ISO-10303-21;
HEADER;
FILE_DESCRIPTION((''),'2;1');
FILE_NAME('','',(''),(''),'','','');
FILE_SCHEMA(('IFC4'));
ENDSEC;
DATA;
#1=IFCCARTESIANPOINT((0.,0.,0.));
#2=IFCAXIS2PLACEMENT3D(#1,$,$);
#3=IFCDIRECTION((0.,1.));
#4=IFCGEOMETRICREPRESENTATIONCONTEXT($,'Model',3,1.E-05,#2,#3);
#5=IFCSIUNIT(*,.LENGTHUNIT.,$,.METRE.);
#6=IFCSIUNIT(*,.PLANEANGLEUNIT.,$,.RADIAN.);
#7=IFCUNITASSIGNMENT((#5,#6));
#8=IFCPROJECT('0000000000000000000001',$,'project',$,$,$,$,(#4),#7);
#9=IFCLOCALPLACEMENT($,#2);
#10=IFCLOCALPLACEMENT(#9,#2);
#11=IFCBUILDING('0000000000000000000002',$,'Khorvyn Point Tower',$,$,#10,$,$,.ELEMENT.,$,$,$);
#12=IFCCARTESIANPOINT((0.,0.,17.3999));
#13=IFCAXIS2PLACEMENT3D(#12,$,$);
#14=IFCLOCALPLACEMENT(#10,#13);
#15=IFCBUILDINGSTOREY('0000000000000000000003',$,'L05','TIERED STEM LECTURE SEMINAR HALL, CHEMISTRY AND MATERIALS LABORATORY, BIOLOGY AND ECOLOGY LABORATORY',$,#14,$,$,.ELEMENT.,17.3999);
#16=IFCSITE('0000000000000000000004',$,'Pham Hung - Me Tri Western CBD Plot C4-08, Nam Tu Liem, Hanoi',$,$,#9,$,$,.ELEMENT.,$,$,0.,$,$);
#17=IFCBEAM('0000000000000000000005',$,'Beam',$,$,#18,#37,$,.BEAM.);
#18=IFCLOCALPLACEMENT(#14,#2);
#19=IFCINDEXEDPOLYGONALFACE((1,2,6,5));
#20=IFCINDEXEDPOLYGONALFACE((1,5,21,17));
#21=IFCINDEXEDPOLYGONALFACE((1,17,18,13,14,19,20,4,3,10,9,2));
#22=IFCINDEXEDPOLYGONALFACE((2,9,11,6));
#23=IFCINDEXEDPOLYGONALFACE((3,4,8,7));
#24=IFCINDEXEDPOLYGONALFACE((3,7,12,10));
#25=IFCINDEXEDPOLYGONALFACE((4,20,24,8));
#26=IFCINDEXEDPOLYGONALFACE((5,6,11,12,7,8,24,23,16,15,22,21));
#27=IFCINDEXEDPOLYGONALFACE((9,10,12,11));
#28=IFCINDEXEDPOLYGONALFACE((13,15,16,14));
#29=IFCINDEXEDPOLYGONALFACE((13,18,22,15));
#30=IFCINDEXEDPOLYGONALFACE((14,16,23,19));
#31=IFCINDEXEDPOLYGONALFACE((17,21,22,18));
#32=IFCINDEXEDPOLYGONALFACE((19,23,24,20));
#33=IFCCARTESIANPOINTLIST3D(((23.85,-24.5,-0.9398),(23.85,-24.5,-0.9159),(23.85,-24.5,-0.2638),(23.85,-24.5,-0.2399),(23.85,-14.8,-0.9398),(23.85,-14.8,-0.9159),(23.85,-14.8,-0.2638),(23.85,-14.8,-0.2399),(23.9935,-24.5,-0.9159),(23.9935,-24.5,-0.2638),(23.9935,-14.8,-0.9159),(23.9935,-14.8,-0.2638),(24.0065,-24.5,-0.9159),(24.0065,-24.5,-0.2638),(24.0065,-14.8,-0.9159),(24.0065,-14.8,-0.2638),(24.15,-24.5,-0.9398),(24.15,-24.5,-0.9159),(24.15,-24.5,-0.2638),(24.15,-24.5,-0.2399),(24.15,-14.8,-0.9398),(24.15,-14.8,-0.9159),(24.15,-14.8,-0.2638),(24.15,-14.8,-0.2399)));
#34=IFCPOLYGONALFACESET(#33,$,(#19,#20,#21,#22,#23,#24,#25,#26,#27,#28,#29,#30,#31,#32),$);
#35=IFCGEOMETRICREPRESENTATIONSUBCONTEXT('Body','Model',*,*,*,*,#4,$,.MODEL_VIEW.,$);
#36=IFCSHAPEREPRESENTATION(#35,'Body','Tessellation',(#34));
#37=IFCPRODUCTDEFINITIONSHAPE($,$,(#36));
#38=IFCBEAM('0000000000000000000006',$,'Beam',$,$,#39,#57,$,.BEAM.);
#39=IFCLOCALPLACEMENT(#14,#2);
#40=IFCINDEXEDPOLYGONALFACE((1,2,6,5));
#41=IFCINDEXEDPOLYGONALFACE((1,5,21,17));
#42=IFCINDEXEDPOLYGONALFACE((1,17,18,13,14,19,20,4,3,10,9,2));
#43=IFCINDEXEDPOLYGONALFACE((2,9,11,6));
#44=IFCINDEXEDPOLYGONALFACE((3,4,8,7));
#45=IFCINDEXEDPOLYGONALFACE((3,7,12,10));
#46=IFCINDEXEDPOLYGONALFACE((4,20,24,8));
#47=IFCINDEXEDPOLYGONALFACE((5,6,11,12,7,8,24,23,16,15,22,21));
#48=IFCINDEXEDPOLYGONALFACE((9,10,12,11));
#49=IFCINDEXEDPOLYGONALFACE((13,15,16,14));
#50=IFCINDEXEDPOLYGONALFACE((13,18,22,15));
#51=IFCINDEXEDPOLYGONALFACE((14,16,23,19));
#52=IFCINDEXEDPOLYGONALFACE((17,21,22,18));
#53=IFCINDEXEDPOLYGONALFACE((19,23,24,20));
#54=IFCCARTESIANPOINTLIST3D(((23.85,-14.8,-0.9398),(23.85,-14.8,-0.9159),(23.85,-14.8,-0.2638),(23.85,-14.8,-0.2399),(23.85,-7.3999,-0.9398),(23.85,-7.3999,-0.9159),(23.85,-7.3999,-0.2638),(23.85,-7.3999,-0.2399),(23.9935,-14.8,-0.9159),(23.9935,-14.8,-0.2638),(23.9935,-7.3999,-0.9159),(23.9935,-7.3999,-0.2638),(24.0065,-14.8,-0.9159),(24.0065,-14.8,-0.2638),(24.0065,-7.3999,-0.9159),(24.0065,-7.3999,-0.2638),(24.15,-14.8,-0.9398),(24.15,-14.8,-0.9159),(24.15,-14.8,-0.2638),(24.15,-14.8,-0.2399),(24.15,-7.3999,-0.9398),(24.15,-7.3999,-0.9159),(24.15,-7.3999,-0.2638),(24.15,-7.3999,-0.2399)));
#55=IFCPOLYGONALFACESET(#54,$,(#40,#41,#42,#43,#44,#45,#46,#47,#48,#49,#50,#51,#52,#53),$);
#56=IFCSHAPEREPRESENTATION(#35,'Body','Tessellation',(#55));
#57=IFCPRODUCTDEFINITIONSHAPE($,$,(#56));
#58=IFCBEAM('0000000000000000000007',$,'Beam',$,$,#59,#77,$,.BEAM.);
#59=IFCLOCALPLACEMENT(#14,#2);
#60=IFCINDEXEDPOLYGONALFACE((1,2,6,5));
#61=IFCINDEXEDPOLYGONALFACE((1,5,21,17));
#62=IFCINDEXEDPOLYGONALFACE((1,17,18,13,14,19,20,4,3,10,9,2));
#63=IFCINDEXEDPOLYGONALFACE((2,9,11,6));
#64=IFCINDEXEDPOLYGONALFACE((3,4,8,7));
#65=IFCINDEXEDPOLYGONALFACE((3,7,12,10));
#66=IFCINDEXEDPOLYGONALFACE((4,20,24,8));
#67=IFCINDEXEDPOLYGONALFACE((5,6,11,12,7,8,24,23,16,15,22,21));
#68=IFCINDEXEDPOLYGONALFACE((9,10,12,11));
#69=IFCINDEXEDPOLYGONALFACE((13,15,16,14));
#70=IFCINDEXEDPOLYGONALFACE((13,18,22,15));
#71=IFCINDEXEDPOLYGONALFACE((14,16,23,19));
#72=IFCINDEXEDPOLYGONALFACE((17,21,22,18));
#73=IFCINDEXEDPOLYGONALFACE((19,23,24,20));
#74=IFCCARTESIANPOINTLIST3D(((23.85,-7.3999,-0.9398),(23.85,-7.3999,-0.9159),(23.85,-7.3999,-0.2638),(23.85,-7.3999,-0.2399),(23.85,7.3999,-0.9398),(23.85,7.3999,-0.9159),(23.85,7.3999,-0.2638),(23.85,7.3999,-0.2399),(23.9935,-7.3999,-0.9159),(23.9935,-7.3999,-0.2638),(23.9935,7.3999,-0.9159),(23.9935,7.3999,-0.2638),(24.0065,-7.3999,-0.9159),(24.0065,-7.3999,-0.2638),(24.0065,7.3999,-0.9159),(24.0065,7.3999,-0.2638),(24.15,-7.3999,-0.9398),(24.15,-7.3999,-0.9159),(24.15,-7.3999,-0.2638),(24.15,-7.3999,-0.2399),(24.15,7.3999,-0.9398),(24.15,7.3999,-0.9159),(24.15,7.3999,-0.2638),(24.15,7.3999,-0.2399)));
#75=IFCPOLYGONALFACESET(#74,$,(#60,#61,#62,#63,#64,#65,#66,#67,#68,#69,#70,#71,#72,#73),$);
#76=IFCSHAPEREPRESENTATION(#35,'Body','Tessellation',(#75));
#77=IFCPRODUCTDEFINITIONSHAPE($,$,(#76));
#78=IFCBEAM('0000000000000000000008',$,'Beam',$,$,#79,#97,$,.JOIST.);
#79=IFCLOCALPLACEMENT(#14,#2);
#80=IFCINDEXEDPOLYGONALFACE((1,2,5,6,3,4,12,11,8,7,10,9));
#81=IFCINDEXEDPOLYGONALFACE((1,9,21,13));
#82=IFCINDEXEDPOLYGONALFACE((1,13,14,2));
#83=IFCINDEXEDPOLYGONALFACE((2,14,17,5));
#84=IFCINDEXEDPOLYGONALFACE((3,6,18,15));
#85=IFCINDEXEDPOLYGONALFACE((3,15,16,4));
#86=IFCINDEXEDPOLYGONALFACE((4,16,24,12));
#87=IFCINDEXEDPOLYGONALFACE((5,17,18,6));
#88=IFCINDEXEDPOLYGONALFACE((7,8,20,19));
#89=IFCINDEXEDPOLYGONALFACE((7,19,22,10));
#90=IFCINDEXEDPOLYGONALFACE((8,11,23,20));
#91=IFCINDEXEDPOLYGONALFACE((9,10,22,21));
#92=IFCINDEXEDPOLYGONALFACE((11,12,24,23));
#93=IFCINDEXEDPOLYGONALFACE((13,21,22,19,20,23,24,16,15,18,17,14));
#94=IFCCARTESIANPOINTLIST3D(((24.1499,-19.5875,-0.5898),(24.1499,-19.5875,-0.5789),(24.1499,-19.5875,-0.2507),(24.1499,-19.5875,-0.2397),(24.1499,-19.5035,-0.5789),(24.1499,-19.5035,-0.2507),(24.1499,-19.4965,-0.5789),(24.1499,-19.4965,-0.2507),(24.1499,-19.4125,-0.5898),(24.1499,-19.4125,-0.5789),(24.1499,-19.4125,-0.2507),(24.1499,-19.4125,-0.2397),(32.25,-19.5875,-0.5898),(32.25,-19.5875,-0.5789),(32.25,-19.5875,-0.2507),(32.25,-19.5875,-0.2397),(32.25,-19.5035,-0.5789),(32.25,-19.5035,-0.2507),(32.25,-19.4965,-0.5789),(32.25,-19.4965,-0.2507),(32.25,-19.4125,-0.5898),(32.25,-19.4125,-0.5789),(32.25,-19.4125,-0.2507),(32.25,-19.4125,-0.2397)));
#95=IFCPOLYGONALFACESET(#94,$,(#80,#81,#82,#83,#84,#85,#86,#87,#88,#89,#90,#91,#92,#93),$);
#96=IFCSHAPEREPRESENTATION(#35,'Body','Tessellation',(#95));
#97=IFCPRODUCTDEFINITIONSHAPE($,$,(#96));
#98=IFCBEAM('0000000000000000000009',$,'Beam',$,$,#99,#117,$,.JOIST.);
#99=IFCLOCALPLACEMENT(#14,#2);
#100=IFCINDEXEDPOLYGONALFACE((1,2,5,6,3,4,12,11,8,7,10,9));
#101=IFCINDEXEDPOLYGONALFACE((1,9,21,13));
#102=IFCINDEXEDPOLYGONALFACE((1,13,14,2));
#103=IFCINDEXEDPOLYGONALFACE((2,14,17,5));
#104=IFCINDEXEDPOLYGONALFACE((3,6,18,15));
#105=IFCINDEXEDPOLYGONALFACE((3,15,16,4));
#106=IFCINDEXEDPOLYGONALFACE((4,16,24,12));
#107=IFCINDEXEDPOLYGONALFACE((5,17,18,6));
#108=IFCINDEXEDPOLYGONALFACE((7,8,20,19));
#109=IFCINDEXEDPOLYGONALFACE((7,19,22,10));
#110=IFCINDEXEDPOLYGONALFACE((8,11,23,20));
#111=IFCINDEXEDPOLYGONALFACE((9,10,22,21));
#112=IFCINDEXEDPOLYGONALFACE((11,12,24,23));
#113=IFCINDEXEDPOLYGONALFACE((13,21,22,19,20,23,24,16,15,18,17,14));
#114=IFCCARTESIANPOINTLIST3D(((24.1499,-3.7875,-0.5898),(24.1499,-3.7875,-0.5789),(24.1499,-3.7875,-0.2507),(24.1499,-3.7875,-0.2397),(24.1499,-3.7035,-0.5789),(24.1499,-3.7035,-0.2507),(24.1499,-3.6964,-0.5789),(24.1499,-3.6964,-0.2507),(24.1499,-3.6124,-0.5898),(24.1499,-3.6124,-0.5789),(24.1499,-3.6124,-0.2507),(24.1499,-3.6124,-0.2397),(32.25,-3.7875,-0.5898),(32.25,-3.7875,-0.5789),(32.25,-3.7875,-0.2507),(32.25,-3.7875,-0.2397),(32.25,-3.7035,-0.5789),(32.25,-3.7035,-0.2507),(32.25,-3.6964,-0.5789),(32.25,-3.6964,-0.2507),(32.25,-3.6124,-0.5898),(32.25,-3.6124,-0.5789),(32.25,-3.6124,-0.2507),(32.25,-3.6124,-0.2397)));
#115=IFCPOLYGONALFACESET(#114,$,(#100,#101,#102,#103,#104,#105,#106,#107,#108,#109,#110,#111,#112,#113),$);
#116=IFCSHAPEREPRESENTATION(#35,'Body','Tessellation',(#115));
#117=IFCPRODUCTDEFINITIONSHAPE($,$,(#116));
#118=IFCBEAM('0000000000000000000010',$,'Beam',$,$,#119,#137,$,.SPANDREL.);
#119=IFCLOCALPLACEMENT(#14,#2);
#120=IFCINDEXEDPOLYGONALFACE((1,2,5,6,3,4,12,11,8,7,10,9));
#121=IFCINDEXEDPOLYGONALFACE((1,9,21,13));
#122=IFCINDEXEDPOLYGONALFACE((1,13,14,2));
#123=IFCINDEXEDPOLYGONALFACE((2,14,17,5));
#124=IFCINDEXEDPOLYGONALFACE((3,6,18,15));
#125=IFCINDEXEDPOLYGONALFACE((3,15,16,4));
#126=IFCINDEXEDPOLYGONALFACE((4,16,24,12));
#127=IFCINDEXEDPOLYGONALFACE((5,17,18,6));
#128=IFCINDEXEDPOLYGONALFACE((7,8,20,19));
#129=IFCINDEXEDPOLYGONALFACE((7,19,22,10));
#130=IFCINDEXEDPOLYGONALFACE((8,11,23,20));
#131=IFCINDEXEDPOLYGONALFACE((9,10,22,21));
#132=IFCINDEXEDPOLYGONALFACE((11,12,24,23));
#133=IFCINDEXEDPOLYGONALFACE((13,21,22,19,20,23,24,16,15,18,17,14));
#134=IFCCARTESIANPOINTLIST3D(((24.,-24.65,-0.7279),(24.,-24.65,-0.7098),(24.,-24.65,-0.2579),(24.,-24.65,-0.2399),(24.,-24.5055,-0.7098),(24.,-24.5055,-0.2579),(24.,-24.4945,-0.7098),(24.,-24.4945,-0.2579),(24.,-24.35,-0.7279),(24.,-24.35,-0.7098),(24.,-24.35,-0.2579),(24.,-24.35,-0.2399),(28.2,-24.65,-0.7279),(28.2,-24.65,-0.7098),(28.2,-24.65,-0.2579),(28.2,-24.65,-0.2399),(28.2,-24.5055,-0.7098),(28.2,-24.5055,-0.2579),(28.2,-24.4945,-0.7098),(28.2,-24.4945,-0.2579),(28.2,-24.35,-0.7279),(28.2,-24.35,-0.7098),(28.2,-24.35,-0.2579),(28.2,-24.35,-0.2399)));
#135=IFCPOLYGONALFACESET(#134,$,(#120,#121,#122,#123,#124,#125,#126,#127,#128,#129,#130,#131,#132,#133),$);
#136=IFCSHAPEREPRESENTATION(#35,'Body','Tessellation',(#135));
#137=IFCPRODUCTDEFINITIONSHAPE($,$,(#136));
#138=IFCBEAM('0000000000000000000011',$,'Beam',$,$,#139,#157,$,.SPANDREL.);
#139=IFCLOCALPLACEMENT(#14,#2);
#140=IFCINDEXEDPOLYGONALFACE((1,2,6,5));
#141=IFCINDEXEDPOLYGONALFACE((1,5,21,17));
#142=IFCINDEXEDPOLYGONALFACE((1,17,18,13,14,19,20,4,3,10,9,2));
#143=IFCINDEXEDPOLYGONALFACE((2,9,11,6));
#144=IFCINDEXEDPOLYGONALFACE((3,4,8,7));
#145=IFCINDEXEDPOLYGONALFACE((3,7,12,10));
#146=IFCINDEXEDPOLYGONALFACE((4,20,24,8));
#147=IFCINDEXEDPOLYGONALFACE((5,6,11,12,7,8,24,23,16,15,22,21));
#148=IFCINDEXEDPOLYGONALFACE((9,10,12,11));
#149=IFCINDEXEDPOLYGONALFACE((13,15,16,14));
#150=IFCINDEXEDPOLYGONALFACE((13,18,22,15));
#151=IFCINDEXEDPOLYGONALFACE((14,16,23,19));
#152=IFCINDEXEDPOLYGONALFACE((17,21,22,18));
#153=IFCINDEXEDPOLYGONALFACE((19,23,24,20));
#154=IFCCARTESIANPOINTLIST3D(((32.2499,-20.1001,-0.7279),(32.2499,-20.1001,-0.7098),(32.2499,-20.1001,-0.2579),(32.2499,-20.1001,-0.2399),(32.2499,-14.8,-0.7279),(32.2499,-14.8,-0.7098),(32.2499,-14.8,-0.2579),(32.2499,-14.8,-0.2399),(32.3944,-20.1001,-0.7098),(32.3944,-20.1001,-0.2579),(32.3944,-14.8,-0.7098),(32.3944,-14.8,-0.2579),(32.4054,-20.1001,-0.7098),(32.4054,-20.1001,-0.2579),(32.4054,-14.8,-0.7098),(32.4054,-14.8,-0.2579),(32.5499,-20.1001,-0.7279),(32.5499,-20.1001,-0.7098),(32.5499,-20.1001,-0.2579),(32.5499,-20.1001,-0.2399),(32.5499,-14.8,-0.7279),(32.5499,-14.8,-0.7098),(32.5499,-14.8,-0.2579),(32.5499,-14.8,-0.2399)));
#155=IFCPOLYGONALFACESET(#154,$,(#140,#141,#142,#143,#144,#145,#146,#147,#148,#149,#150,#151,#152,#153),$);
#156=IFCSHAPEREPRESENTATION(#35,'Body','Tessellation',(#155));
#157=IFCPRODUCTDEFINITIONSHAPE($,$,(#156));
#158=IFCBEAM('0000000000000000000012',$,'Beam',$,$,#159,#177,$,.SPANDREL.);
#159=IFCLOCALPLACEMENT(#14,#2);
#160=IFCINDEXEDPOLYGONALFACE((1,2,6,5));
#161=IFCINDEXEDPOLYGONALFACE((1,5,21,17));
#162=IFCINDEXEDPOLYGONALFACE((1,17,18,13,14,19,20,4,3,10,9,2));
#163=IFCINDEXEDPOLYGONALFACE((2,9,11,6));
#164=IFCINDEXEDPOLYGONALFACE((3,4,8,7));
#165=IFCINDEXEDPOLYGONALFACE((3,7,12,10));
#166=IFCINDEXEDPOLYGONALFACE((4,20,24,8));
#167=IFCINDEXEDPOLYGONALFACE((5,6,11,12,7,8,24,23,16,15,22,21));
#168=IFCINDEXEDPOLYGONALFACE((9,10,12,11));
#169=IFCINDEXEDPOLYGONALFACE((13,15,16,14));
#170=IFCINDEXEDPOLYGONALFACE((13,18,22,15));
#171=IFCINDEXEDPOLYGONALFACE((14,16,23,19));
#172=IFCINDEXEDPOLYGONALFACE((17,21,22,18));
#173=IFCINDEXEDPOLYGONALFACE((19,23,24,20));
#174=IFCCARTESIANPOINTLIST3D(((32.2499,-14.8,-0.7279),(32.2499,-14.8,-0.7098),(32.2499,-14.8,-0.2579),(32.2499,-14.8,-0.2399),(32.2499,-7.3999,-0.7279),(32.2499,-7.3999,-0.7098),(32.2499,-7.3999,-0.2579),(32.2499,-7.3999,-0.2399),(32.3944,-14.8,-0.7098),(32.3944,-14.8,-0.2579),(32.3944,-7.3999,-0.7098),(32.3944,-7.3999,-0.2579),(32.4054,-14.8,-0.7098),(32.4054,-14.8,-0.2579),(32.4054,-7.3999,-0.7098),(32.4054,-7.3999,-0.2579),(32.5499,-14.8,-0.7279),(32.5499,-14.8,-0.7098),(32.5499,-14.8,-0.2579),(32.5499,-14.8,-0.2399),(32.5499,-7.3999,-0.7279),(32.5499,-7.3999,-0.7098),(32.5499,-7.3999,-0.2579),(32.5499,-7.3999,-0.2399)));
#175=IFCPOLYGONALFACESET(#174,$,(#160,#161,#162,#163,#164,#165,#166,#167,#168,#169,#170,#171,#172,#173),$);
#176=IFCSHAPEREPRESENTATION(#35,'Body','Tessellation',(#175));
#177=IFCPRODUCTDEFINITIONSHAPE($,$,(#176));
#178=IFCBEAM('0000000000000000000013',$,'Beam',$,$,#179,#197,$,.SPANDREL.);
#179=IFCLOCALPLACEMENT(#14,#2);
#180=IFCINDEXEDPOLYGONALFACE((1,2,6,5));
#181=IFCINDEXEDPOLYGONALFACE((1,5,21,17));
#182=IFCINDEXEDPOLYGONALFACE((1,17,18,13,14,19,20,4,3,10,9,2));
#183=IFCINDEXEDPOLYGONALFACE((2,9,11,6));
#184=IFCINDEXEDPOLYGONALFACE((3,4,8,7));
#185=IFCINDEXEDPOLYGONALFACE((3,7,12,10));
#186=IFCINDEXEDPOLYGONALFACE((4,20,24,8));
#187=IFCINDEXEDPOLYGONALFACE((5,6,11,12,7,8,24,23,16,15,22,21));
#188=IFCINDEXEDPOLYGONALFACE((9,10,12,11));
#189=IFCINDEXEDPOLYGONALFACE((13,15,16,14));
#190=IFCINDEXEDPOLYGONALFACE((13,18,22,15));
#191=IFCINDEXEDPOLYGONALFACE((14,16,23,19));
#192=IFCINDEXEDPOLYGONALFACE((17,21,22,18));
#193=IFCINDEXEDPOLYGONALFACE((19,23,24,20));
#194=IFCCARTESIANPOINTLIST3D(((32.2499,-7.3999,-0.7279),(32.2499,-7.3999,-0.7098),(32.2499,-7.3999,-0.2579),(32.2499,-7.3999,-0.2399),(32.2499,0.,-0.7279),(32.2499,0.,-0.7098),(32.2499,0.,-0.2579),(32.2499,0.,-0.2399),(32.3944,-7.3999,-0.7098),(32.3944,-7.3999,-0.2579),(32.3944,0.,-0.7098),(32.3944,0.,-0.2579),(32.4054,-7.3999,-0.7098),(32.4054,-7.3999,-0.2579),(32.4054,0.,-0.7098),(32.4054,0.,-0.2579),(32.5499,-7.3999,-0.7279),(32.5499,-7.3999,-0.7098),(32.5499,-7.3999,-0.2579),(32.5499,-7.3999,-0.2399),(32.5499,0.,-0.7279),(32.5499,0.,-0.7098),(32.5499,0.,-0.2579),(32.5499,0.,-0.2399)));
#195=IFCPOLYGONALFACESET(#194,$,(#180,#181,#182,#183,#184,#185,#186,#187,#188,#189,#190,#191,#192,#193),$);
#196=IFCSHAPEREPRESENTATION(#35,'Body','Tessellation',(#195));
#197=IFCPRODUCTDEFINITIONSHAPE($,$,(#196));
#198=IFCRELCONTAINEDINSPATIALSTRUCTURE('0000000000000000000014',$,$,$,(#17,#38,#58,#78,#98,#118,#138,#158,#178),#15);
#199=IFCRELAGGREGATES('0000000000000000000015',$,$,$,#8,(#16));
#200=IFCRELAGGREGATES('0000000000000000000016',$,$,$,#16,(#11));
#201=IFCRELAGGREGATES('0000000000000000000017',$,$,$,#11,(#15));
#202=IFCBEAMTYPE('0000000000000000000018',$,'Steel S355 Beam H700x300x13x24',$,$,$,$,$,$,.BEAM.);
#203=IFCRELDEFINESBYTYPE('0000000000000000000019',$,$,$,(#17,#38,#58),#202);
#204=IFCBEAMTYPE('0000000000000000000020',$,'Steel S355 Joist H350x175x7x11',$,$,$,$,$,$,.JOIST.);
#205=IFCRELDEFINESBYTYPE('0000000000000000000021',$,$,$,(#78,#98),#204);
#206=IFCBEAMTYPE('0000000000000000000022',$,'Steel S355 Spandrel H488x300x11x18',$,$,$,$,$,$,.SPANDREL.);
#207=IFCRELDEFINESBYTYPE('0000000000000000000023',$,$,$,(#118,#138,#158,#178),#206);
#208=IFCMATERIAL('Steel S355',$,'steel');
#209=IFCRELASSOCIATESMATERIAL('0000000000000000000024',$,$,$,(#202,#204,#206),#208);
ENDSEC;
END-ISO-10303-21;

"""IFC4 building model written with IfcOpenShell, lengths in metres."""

from ifc_helpers import new_model, si_unit, direction, frame, origin, origin_2d, place, context, subcontext, project, spatial, i_section, extrude, material, material_profile, profile_set, type_object, element, save


model = new_model("IFC4")

# Units and contexts
model_context = context("Model", 3, precision=1e-05, world=origin(), true_north=direction((0.0, 1.0)))
body_context = subcontext(model_context, "Body", "Model", "MODEL_VIEW")
ifc_project = project(units=[si_unit("LENGTHUNIT", "METRE"), si_unit("PLANEANGLEUNIT", "RADIAN")], contexts=[model_context])

# Site, building, storey
site_placement = place(None, origin())
site = spatial("IfcSite", under=ifc_project, at=site_placement, Name="Pham Hung - Me Tri Western CBD Plot C4-08, Nam Tu Liem, Hanoi", CompositionType="ELEMENT", RefElevation=0.0)
building_placement = place(site_placement, origin())
building = spatial("IfcBuilding", under=site, at=building_placement, Name="Khorvyn Point Tower", CompositionType="ELEMENT")
storey_placement = place(building_placement, frame((0.0, 0.0, 17.3999)))
storey = spatial("IfcBuildingStorey", under=building, at=storey_placement, Name="L05", Description="TIERED STEM LECTURE SEMINAR HALL, CHEMISTRY AND MATERIALS LABORATORY, BIOLOGY AND ECOLOGY LABORATORY", CompositionType="ELEMENT", Elevation=17.3999)

# Beams
ifc_material_1 = material(Name="Steel S355", Category="steel")
ifc_material_profile_1 = material_profile(ifc_material_1, i_section(OverallWidth=0.3, OverallDepth=0.7, WebThickness=0.0129, FlangeThickness=0.0239, at=origin_2d()))
ifc_profile_set_1 = profile_set([ifc_material_profile_1], Name="Steel S355 H700x300x13x24")
beam_type_1 = type_object("IfcBeamType", Name="Steel S355 Beam H700x300x13x24", PredefinedType="BEAM", material=ifc_profile_set_1)
beam_1_placement = place(storey_placement, frame((24.0, -24.5, -0.5898), z_axis=(0.0, 1.0, 0.0), x_axis=(-1.0, 0.0, 0.0)))
element("IfcBeam", 1, at=beam_1_placement, inside=storey, type_object=beam_type_1, Name="Beam", PredefinedType="BEAM", context=body_context, shape_type="SweptSolid", body=[
    extrude(i_section(OverallWidth=0.3, OverallDepth=0.7, WebThickness=0.0129, FlangeThickness=0.0239, at=origin_2d()), origin(), (0.0, 0.0, 1.0), 9.7),
])
beam_2_placement = place(storey_placement, frame((24.0, -14.8, -0.5898), z_axis=(0.0, 1.0, 0.0), x_axis=(-1.0, 0.0, 0.0)))
element("IfcBeam", 2, at=beam_2_placement, inside=storey, type_object=beam_type_1, Name="Beam", PredefinedType="BEAM", context=body_context, shape_type="SweptSolid", body=[
    extrude(i_section(OverallWidth=0.3, OverallDepth=0.7, WebThickness=0.0129, FlangeThickness=0.0239, at=origin_2d()), origin(), (0.0, 0.0, 1.0), 7.4001),
])
beam_3_placement = place(storey_placement, frame((24.0, -7.3999, -0.5898), z_axis=(0.0, 1.0, 0.0), x_axis=(-1.0, 0.0, 0.0)))
element("IfcBeam", 3, at=beam_3_placement, inside=storey, type_object=beam_type_1, Name="Beam", PredefinedType="BEAM", context=body_context, shape_type="SweptSolid", body=[
    extrude(i_section(OverallWidth=0.3, OverallDepth=0.7, WebThickness=0.0129, FlangeThickness=0.0239, at=origin_2d()), origin(), (0.0, 0.0, 1.0), 14.7998),
])
ifc_material_profile_2 = material_profile(ifc_material_1, i_section(OverallWidth=0.175, OverallDepth=0.3501, WebThickness=0.0071, FlangeThickness=0.011, at=origin_2d()))
ifc_profile_set_2 = profile_set([ifc_material_profile_2], Name="Steel S355 H350x175x7x11")
beam_type_2 = type_object("IfcBeamType", Name="Steel S355 Joist H350x175x7x11", PredefinedType="JOIST", material=ifc_profile_set_2)
for number, where, z_axis, x_axis, name in (
    (4, (24.1499, -19.5, -0.4148), (1.0, 0.0, 0.0), (0.0, 1.0, 0.0), "Beam"),
    (5, (24.1499, -3.7, -0.4148), (1.0, 0.0, 0.0), (0.0, 1.0, 0.0), "Beam"),
):
    element("IfcBeam", number, at=place(storey_placement, frame(where, z_axis=z_axis, x_axis=x_axis)), inside=storey, type_object=beam_type_2, Name=name, PredefinedType="JOIST", context=body_context, shape_type="SweptSolid", body=[
        extrude(i_section(OverallWidth=0.175, OverallDepth=0.3501, WebThickness=0.0071, FlangeThickness=0.011, at=origin_2d()), origin(), (0.0, 0.0, 1.0), 8.1001),
    ])
ifc_material_profile_3 = material_profile(ifc_material_1, i_section(OverallWidth=0.3, OverallDepth=0.488, WebThickness=0.011, FlangeThickness=0.0181, at=origin_2d()))
ifc_profile_set_3 = profile_set([ifc_material_profile_3], Name="Steel S355 H488x300x11x18")
beam_type_3 = type_object("IfcBeamType", Name="Steel S355 Spandrel H488x300x11x18", PredefinedType="SPANDREL", material=ifc_profile_set_3)
beam_4_placement = place(storey_placement, frame((24.0, -24.5, -0.4839), z_axis=(1.0, 0.0, 0.0), x_axis=(0.0, 1.0, 0.0)))
element("IfcBeam", 6, at=beam_4_placement, inside=storey, type_object=beam_type_3, Name="Beam", PredefinedType="SPANDREL", context=body_context, shape_type="SweptSolid", body=[
    extrude(i_section(OverallWidth=0.3, OverallDepth=0.488, WebThickness=0.011, FlangeThickness=0.0181, at=origin_2d()), origin(), (0.0, 0.0, 1.0), 4.2),
])
beam_5_placement = place(storey_placement, frame((32.3999, -20.1001, -0.4839), z_axis=(0.0, 1.0, 0.0), x_axis=(-1.0, 0.0, 0.0)))
element("IfcBeam", 7, at=beam_5_placement, inside=storey, type_object=beam_type_3, Name="Beam", PredefinedType="SPANDREL", context=body_context, shape_type="SweptSolid", body=[
    extrude(i_section(OverallWidth=0.3, OverallDepth=0.488, WebThickness=0.011, FlangeThickness=0.0181, at=origin_2d()), origin(), (0.0, 0.0, 1.0), 5.3),
])
beam_6_placement = place(storey_placement, frame((32.3999, -14.8, -0.4839), z_axis=(0.0, 1.0, 0.0), x_axis=(-1.0, 0.0, 0.0)))
element("IfcBeam", 8, at=beam_6_placement, inside=storey, type_object=beam_type_3, Name="Beam", PredefinedType="SPANDREL", context=body_context, shape_type="SweptSolid", body=[
    extrude(i_section(OverallWidth=0.3, OverallDepth=0.488, WebThickness=0.011, FlangeThickness=0.0181, at=origin_2d()), origin(), (0.0, 0.0, 1.0), 7.4001),
])
beam_7_placement = place(storey_placement, frame((32.3999, -7.3999, -0.4839), z_axis=(0.0, 1.0, 0.0), x_axis=(-1.0, 0.0, 0.0)))
element("IfcBeam", 9, at=beam_7_placement, inside=storey, type_object=beam_type_3, Name="Beam", PredefinedType="SPANDREL", context=body_context, shape_type="SweptSolid", body=[
    extrude(i_section(OverallWidth=0.3, OverallDepth=0.488, WebThickness=0.011, FlangeThickness=0.0181, at=origin_2d()), origin(), (0.0, 0.0, 1.0), 7.3999),
])

save(model, "model.ifc")
